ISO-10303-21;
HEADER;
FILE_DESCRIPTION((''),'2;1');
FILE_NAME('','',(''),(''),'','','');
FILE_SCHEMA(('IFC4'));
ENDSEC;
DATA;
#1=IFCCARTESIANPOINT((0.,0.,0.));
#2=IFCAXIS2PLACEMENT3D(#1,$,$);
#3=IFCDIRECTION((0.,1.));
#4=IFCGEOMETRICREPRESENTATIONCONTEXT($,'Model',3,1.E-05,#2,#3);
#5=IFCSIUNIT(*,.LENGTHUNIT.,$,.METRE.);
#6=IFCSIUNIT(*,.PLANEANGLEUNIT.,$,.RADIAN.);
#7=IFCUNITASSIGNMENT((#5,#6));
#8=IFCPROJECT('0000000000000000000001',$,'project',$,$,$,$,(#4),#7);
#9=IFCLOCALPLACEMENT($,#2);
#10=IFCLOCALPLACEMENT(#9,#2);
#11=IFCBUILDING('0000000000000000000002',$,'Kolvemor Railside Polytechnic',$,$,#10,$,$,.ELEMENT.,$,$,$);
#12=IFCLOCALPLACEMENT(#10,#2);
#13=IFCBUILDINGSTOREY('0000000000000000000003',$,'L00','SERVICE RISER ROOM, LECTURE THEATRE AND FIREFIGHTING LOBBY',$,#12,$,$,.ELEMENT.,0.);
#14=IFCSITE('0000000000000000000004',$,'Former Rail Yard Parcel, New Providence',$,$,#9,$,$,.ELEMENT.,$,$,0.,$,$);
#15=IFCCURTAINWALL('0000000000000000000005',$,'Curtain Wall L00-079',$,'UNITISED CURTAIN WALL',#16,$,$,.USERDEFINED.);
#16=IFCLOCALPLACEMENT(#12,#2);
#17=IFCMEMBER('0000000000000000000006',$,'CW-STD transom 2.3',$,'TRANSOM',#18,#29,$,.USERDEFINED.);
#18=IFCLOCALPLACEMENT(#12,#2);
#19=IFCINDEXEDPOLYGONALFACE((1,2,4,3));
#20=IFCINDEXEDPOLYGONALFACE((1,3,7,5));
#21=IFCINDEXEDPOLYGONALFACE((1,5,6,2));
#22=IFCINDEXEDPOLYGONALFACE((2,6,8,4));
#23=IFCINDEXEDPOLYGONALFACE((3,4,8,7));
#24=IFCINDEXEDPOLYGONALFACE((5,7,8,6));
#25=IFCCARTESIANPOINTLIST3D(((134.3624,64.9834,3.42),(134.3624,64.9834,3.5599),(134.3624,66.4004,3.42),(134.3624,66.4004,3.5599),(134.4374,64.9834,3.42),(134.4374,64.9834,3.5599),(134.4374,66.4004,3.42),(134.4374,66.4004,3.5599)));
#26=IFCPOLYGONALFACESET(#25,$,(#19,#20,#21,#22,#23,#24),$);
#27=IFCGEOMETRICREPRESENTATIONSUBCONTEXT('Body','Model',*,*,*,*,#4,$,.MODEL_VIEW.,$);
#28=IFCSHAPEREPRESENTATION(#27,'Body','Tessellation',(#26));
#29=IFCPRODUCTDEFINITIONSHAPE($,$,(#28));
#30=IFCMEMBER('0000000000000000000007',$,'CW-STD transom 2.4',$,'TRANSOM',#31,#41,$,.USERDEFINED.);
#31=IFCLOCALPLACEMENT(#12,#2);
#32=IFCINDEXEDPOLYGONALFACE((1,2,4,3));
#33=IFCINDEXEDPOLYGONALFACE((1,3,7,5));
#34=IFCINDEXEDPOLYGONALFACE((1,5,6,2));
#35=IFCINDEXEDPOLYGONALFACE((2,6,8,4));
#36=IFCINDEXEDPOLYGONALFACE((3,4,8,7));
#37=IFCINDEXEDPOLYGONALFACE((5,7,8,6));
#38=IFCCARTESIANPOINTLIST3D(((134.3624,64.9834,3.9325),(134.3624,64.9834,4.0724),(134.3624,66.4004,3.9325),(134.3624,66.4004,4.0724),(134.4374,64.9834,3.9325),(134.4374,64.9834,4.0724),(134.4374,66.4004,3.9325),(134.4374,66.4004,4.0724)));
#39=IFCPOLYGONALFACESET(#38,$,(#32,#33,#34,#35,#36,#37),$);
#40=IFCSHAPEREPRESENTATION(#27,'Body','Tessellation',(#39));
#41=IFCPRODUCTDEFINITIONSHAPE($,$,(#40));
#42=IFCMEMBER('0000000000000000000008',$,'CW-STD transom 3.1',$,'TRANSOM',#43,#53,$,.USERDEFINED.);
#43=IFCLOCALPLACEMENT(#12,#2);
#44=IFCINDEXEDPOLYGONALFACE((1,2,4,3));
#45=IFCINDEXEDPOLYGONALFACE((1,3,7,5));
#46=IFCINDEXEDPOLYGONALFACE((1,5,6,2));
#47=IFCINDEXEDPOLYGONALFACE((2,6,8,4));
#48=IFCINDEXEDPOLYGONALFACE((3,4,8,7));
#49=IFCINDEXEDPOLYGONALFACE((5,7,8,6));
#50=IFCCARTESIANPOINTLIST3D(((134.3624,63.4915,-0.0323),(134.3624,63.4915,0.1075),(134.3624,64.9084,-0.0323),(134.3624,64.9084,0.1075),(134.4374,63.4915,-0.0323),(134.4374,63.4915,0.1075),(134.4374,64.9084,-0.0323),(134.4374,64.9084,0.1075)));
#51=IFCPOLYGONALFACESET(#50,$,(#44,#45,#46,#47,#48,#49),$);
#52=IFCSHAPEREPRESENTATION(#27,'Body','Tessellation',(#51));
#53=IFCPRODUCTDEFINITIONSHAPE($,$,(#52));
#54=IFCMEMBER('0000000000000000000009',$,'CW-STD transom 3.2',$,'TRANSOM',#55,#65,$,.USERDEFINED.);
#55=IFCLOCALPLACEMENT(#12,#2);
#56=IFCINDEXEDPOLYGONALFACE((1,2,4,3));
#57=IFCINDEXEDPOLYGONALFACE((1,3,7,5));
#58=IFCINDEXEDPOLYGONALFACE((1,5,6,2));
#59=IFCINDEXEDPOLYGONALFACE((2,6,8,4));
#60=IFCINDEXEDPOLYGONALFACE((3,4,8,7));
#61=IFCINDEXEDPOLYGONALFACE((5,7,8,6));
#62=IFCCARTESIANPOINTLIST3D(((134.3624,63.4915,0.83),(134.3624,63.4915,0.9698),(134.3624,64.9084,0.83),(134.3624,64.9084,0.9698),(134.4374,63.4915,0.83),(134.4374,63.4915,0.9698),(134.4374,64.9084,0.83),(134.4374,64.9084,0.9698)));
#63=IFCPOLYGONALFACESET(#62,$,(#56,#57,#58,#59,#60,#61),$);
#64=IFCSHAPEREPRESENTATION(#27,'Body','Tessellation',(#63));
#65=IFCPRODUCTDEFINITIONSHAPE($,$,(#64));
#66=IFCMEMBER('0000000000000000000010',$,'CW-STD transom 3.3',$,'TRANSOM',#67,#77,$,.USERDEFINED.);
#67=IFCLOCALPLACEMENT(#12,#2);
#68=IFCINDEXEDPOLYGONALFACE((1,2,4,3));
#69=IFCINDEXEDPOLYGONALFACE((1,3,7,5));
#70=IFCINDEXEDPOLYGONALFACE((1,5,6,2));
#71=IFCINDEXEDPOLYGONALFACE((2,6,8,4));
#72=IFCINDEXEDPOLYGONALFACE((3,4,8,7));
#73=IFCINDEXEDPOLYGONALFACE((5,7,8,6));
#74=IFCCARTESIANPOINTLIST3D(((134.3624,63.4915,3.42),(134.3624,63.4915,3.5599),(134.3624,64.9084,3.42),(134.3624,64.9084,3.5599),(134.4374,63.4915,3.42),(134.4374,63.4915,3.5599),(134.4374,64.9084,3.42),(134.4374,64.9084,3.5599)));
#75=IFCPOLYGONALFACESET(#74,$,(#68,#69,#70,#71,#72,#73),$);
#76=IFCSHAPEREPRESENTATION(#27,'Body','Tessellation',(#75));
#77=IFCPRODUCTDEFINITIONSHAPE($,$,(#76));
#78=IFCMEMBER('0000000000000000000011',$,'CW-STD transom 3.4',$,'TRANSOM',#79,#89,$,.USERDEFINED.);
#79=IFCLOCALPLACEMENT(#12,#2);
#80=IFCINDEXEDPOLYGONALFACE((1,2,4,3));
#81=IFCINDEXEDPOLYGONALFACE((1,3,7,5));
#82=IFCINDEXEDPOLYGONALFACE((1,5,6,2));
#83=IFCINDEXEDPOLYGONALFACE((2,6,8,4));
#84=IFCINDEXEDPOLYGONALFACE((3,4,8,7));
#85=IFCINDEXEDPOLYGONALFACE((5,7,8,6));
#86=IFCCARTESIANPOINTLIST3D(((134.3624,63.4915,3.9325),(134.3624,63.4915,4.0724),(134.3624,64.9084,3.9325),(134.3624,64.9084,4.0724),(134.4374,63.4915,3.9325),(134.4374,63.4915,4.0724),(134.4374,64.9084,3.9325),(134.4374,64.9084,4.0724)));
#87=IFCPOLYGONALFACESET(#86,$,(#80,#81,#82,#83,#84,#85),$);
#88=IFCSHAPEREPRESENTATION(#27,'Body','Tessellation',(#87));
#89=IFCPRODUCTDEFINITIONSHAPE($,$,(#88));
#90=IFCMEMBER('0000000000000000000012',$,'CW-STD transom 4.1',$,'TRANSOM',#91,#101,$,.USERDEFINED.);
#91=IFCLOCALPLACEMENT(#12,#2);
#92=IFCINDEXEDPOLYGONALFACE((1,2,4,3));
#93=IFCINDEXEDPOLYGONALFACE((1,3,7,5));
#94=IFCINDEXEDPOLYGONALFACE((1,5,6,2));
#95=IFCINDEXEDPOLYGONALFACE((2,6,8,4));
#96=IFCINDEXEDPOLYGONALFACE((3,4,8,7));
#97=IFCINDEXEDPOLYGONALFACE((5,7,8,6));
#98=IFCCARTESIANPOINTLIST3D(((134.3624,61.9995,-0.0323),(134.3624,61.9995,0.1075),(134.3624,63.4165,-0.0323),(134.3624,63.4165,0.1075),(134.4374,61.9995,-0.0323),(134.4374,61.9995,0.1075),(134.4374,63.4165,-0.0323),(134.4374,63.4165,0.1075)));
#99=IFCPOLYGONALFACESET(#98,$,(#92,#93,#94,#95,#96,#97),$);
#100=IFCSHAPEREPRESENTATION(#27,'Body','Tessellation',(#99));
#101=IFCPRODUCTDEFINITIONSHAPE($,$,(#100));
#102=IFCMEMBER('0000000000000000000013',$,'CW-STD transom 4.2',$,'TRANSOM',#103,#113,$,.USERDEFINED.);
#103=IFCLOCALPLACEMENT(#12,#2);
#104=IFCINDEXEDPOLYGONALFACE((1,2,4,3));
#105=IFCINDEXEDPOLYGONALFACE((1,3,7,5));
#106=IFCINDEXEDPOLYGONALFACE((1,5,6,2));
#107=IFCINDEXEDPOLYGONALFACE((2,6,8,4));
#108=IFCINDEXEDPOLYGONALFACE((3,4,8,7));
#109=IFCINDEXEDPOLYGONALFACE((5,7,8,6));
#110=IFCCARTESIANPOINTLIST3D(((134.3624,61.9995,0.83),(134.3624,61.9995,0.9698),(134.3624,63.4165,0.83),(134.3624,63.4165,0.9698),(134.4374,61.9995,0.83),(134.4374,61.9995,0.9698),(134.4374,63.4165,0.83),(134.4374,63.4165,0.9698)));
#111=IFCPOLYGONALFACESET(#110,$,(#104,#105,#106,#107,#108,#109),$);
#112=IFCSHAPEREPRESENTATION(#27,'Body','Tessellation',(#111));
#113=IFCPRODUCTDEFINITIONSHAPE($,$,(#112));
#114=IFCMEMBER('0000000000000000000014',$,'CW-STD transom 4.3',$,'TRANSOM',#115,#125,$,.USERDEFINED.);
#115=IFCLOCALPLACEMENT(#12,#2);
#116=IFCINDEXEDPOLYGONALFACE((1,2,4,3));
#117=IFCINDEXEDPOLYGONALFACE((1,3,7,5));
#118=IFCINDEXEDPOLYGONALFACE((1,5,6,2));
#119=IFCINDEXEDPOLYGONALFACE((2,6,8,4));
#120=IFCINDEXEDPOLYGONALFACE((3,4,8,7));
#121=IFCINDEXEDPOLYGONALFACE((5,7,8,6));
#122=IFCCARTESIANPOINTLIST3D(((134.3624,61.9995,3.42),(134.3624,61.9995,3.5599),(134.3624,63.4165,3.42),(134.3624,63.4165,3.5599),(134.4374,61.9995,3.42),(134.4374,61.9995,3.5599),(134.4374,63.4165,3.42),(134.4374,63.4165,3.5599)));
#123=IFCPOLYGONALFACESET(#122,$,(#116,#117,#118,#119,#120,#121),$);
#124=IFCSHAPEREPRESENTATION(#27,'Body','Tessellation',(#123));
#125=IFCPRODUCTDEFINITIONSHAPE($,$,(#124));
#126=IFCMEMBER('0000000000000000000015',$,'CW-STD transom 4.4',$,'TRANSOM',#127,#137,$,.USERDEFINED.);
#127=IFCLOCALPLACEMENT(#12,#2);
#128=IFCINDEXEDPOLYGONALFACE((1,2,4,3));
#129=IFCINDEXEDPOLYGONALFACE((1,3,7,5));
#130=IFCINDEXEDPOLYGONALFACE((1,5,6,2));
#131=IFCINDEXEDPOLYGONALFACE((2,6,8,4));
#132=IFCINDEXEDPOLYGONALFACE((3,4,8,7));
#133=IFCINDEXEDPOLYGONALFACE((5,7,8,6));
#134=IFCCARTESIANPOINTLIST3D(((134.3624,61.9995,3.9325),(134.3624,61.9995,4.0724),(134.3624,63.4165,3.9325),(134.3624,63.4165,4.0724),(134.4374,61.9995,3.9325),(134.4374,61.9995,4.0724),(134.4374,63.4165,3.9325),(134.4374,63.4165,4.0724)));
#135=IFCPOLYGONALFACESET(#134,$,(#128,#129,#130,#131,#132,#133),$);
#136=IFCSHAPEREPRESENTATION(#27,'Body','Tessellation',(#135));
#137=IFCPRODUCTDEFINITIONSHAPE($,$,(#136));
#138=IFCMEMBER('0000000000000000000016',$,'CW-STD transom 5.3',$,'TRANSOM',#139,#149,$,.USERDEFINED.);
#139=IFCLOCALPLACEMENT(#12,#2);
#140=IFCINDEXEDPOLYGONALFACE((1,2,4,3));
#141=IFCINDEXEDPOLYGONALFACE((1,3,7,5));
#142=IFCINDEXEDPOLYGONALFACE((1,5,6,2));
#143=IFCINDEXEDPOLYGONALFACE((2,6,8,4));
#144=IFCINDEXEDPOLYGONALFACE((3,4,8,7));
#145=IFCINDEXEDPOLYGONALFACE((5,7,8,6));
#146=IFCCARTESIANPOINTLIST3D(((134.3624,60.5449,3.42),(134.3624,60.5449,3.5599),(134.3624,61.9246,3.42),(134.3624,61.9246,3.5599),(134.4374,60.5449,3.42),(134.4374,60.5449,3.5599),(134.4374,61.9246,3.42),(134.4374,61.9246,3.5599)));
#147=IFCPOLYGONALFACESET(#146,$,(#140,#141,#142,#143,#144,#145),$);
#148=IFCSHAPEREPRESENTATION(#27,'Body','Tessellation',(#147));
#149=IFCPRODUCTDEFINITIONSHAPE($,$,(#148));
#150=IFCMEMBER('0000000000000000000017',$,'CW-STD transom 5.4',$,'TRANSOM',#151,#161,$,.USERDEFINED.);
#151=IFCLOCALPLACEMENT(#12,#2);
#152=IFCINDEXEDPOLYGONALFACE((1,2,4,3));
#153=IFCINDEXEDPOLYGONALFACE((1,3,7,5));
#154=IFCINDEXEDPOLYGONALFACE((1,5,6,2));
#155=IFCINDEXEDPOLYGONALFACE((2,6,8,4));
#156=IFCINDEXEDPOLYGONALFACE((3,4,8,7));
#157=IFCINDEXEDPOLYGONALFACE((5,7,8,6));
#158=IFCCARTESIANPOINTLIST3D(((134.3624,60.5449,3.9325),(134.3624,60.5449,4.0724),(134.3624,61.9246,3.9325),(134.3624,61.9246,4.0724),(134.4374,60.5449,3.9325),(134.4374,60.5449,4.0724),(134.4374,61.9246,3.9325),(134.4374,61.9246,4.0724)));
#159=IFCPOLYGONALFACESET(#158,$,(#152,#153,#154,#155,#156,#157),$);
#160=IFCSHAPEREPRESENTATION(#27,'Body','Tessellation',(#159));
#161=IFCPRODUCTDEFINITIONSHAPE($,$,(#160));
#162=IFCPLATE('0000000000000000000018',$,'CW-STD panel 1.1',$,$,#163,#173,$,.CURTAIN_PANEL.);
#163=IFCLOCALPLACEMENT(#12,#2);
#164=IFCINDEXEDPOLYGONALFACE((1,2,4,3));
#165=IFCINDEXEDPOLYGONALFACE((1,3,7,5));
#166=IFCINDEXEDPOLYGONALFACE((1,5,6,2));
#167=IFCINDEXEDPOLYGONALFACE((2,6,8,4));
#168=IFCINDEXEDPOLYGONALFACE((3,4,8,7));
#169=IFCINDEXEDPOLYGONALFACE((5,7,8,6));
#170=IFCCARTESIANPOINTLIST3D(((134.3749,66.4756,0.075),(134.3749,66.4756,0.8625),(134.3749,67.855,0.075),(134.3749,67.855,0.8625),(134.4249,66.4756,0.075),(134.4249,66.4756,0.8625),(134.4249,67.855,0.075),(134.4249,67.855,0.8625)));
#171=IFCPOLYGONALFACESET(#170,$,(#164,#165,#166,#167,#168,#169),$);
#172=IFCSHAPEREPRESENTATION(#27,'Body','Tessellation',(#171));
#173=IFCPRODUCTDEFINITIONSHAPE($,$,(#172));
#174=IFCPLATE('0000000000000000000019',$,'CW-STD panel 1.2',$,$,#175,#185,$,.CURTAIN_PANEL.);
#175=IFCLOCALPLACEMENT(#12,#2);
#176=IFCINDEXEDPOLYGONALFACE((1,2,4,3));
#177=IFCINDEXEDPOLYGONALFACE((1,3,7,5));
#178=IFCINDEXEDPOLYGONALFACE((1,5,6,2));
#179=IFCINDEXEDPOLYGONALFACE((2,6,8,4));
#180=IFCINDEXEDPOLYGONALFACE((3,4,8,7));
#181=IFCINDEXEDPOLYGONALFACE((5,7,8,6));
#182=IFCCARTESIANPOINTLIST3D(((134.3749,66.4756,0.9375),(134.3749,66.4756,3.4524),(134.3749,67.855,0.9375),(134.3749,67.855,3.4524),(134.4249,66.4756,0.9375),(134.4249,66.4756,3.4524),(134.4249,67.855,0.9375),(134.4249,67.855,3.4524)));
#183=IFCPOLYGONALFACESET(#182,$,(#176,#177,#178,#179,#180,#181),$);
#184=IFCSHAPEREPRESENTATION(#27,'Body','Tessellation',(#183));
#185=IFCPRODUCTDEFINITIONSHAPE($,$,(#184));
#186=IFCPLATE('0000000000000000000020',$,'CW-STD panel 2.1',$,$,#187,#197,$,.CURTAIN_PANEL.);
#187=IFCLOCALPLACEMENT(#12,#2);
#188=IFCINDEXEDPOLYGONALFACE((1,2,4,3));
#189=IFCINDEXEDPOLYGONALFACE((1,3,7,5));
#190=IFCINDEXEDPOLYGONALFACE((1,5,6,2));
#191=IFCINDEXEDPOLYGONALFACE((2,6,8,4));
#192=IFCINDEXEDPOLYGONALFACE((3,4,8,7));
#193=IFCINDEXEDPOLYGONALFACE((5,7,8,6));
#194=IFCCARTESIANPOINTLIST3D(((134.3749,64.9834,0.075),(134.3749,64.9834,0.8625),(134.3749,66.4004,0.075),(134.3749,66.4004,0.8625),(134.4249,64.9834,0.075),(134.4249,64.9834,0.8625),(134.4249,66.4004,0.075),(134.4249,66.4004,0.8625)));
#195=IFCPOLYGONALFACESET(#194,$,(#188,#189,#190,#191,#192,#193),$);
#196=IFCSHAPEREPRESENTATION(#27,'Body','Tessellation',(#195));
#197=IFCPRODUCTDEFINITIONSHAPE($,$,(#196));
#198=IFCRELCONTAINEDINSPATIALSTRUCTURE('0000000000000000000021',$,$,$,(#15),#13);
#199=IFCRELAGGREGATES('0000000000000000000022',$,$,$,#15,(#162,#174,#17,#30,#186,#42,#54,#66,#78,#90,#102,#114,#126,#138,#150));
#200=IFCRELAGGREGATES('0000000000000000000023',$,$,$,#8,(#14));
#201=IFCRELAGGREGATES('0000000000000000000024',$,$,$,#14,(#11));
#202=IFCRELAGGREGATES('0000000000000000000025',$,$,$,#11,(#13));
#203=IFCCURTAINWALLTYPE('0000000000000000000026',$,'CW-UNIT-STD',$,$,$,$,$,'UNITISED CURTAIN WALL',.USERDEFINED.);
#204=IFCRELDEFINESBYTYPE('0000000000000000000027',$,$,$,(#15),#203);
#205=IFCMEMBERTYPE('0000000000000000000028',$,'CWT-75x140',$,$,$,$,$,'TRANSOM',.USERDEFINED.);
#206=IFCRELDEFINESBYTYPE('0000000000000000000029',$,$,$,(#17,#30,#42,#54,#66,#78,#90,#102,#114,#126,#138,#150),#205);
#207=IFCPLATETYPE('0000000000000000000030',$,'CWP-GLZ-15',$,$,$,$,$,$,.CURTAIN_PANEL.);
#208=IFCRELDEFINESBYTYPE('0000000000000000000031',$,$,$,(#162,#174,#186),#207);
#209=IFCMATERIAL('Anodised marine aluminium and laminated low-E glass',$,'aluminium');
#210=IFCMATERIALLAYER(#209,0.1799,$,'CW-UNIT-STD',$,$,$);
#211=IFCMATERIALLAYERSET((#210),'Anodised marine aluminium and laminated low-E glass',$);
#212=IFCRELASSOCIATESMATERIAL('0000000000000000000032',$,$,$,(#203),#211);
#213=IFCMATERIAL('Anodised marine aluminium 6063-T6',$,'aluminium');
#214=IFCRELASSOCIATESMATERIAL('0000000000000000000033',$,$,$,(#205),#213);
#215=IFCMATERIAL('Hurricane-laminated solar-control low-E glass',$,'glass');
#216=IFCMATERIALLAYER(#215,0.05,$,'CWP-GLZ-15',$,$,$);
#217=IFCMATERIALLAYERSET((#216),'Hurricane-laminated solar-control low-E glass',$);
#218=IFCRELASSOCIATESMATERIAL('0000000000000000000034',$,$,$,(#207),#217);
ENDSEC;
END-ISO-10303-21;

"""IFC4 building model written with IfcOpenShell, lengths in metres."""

from ifc_helpers import new_model, si_unit, direction, frame, origin, origin_2d, place, context, subcontext, project, spatial, rectangle, extrude, material, layer, layer_set, material_profile, profile_set, type_object, element, aggregate, save


model = new_model("IFC4")

# Units and contexts
model_context = context("Model", 3, precision=1e-05, world=origin(), true_north=direction((0.0, 1.0)))
body_context = subcontext(model_context, "Body", "Model", "MODEL_VIEW")
ifc_project = project(units=[si_unit("LENGTHUNIT", "METRE"), si_unit("PLANEANGLEUNIT", "RADIAN")], contexts=[model_context])

# Site, building, storey
site_placement = place(None, origin())
site = spatial("IfcSite", under=ifc_project, at=site_placement, Name="Former Rail Yard Parcel, New Providence", CompositionType="ELEMENT", RefElevation=0.0)
building_placement = place(site_placement, origin())
building = spatial("IfcBuilding", under=site, at=building_placement, Name="Kolvemor Railside Polytechnic", CompositionType="ELEMENT")
storey_placement = place(building_placement, origin())
storey = spatial("IfcBuildingStorey", under=building, at=storey_placement, Name="L00", Description="SERVICE RISER ROOM, LECTURE THEATRE AND FIREFIGHTING LOBBY", CompositionType="ELEMENT", Elevation=0.0)

# Curtain wall, members, plates
ifc_material_1 = material(Name="Anodised marine aluminium and laminated low-E glass", Category="aluminium")
ifc_layer_1 = layer(ifc_material_1, 0.1799, Name="CW-UNIT-STD")
ifc_layer_set_1 = layer_set([ifc_layer_1], Name="Anodised marine aluminium and laminated low-E glass")
curtain_wall_type = type_object("IfcCurtainWallType", Name="CW-UNIT-STD", ElementType="UNITISED CURTAIN WALL", PredefinedType="USERDEFINED", material=ifc_layer_set_1)
curtain_wall_placement = place(storey_placement, origin())
curtain_wall = element("IfcCurtainWall", 1, at=curtain_wall_placement, inside=storey, type_object=curtain_wall_type, Name="Curtain Wall L00-079", ObjectType="UNITISED CURTAIN WALL", PredefinedType="USERDEFINED")
ifc_material_2 = material(Name="Anodised marine aluminium 6063-T6", Category="aluminium")
ifc_material_profile_1 = material_profile(ifc_material_2, rectangle(XDim=0.075, YDim=0.1399, at=origin_2d()), Name="CW-TRN-75x140")
ifc_profile_set_1 = profile_set([ifc_material_profile_1], Name="Anodised marine aluminium 6063-T6")
member_type_1 = type_object("IfcMemberType", Name="CWT-75x140", ElementType="TRANSOM", PredefinedType="USERDEFINED", material=ifc_profile_set_1)
member_1_placement = place(storey_placement, frame((134.3999, 66.4004, 3.49), z_axis=(0.0, -1.0, 0.0), x_axis=(1.0, 0.0, 0.0)))
member_1 = element("IfcMember", 2, at=member_1_placement, type_object=member_type_1, Name="CW-STD transom 2.3", ObjectType="TRANSOM", PredefinedType="USERDEFINED", context=body_context, shape_type="SweptSolid", body=[
    extrude(rectangle(XDim=0.075, YDim=0.1399, at=origin_2d()), origin(), (0.0, 0.0, 1.0), 1.417),
])
member_2_placement = place(storey_placement, frame((134.3999, 66.4004, 4.0024), z_axis=(0.0, -1.0, 0.0), x_axis=(1.0, 0.0, 0.0)))
member_2 = element("IfcMember", 3, at=member_2_placement, type_object=member_type_1, Name="CW-STD transom 2.4", ObjectType="TRANSOM", PredefinedType="USERDEFINED", context=body_context, shape_type="SweptSolid", body=[
    extrude(rectangle(XDim=0.075, YDim=0.1399, at=origin_2d()), origin(), (0.0, 0.0, 1.0), 1.417),
])
member_3_placement = place(storey_placement, frame((134.3999, 64.9084, 0.0376), z_axis=(0.0, -1.0, 0.0), x_axis=(1.0, 0.0, 0.0)))
member_3 = element("IfcMember", 4, at=member_3_placement, type_object=member_type_1, Name="CW-STD transom 3.1", ObjectType="TRANSOM", PredefinedType="USERDEFINED", context=body_context, shape_type="SweptSolid", body=[
    extrude(rectangle(XDim=0.075, YDim=0.1399, at=origin_2d()), origin(), (0.0, 0.0, 1.0), 1.417),
])
member_4_placement = place(storey_placement, frame((134.3999, 64.9084, 0.8999), z_axis=(0.0, -1.0, 0.0), x_axis=(1.0, 0.0, 0.0)))
member_4 = element("IfcMember", 5, at=member_4_placement, type_object=member_type_1, Name="CW-STD transom 3.2", ObjectType="TRANSOM", PredefinedType="USERDEFINED", context=body_context, shape_type="SweptSolid", body=[
    extrude(rectangle(XDim=0.075, YDim=0.1399, at=origin_2d()), origin(), (0.0, 0.0, 1.0), 1.417),
])
member_5_placement = place(storey_placement, frame((134.3999, 64.9084, 3.49), z_axis=(0.0, -1.0, 0.0), x_axis=(1.0, 0.0, 0.0)))
member_5 = element("IfcMember", 6, at=member_5_placement, type_object=member_type_1, Name="CW-STD transom 3.3", ObjectType="TRANSOM", PredefinedType="USERDEFINED", context=body_context, shape_type="SweptSolid", body=[
    extrude(rectangle(XDim=0.075, YDim=0.1399, at=origin_2d()), origin(), (0.0, 0.0, 1.0), 1.417),
])
member_6_placement = place(storey_placement, frame((134.3999, 64.9084, 4.0024), z_axis=(0.0, -1.0, 0.0), x_axis=(1.0, 0.0, 0.0)))
member_6 = element("IfcMember", 7, at=member_6_placement, type_object=member_type_1, Name="CW-STD transom 3.4", ObjectType="TRANSOM", PredefinedType="USERDEFINED", context=body_context, shape_type="SweptSolid", body=[
    extrude(rectangle(XDim=0.075, YDim=0.1399, at=origin_2d()), origin(), (0.0, 0.0, 1.0), 1.417),
])
member_7_placement = place(storey_placement, frame((134.3999, 63.4165, 0.0376), z_axis=(0.0, -1.0, 0.0), x_axis=(1.0, 0.0, 0.0)))
member_7 = element("IfcMember", 8, at=member_7_placement, type_object=member_type_1, Name="CW-STD transom 4.1", ObjectType="TRANSOM", PredefinedType="USERDEFINED", context=body_context, shape_type="SweptSolid", body=[
    extrude(rectangle(XDim=0.075, YDim=0.1399, at=origin_2d()), origin(), (0.0, 0.0, 1.0), 1.417),
])
member_8_placement = place(storey_placement, frame((134.3999, 63.4165, 0.8999), z_axis=(0.0, -1.0, 0.0), x_axis=(1.0, 0.0, 0.0)))
member_8 = element("IfcMember", 9, at=member_8_placement, type_object=member_type_1, Name="CW-STD transom 4.2", ObjectType="TRANSOM", PredefinedType="USERDEFINED", context=body_context, shape_type="SweptSolid", body=[
    extrude(rectangle(XDim=0.075, YDim=0.1399, at=origin_2d()), origin(), (0.0, 0.0, 1.0), 1.417),
])
member_9_placement = place(storey_placement, frame((134.3999, 63.4165, 3.49), z_axis=(0.0, -1.0, 0.0), x_axis=(1.0, 0.0, 0.0)))
member_9 = element("IfcMember", 10, at=member_9_placement, type_object=member_type_1, Name="CW-STD transom 4.3", ObjectType="TRANSOM", PredefinedType="USERDEFINED", context=body_context, shape_type="SweptSolid", body=[
    extrude(rectangle(XDim=0.075, YDim=0.1399, at=origin_2d()), origin(), (0.0, 0.0, 1.0), 1.417),
])
member_10_placement = place(storey_placement, frame((134.3999, 63.4165, 4.0024), z_axis=(0.0, -1.0, 0.0), x_axis=(1.0, 0.0, 0.0)))
member_10 = element("IfcMember", 11, at=member_10_placement, type_object=member_type_1, Name="CW-STD transom 4.4", ObjectType="TRANSOM", PredefinedType="USERDEFINED", context=body_context, shape_type="SweptSolid", body=[
    extrude(rectangle(XDim=0.075, YDim=0.1399, at=origin_2d()), origin(), (0.0, 0.0, 1.0), 1.417),
])
member_11_placement = place(storey_placement, frame((134.3999, 61.9246, 3.49), z_axis=(0.0, -1.0, 0.0), x_axis=(1.0, 0.0, 0.0)))
member_11 = element("IfcMember", 12, at=member_11_placement, type_object=member_type_1, Name="CW-STD transom 5.3", ObjectType="TRANSOM", PredefinedType="USERDEFINED", context=body_context, shape_type="SweptSolid", body=[
    extrude(rectangle(XDim=0.075, YDim=0.1399, at=origin_2d()), origin(), (0.0, 0.0, 1.0), 1.3796),
])
member_12_placement = place(storey_placement, frame((134.3999, 61.9246, 4.0024), z_axis=(0.0, -1.0, 0.0), x_axis=(1.0, 0.0, 0.0)))
member_12 = element("IfcMember", 13, at=member_12_placement, type_object=member_type_1, Name="CW-STD transom 5.4", ObjectType="TRANSOM", PredefinedType="USERDEFINED", context=body_context, shape_type="SweptSolid", body=[
    extrude(rectangle(XDim=0.075, YDim=0.1399, at=origin_2d()), origin(), (0.0, 0.0, 1.0), 1.3796),
])
ifc_material_3 = material(Name="Hurricane-laminated solar-control low-E glass", Category="glass")
ifc_layer_2 = layer(ifc_material_3, 0.05, Name="CWP-GLZ-15")
ifc_layer_set_2 = layer_set([ifc_layer_2], Name="Hurricane-laminated solar-control low-E glass")
plate_type = type_object("IfcPlateType", Name="CWP-GLZ-15", PredefinedType="CURTAIN_PANEL", material=ifc_layer_set_2)
plate_1_placement = place(storey_placement, frame((134.3999, 67.1653, 0.075), z_axis=(0.0, 0.0, 1.0), x_axis=(0.0, -1.0, 0.0)))
plate_1 = element("IfcPlate", 14, at=plate_1_placement, type_object=plate_type, Name="CW-STD panel 1.1", PredefinedType="CURTAIN_PANEL", context=body_context, shape_type="SweptSolid", body=[
    extrude(rectangle(XDim=1.3794, YDim=0.05, at=origin_2d()), origin(), (0.0, 0.0, 1.0), 0.7876),
])
plate_2_placement = place(storey_placement, frame((134.3999, 67.1653, 0.9375), z_axis=(0.0, 0.0, 1.0), x_axis=(0.0, -1.0, 0.0)))
plate_2 = element("IfcPlate", 15, at=plate_2_placement, type_object=plate_type, Name="CW-STD panel 1.2", PredefinedType="CURTAIN_PANEL", context=body_context, shape_type="SweptSolid", body=[
    extrude(rectangle(XDim=1.3794, YDim=0.05, at=origin_2d()), origin(), (0.0, 0.0, 1.0), 2.5149),
])
plate_3_placement = place(storey_placement, frame((134.3999, 65.6919, 0.075), z_axis=(0.0, 0.0, 1.0), x_axis=(0.0, -1.0, 0.0)))
plate_3 = element("IfcPlate", 16, at=plate_3_placement, type_object=plate_type, Name="CW-STD panel 2.1", PredefinedType="CURTAIN_PANEL", context=body_context, shape_type="SweptSolid", body=[
    extrude(rectangle(XDim=1.417, YDim=0.05, at=origin_2d()), origin(), (0.0, 0.0, 1.0), 0.7876),
])
aggregate(curtain_wall, [plate_1, plate_2, member_1, member_2, plate_3, member_3, member_4, member_5, member_6, member_7, member_8, member_9, member_10, member_11, member_12])

save(model, "model.ifc")
